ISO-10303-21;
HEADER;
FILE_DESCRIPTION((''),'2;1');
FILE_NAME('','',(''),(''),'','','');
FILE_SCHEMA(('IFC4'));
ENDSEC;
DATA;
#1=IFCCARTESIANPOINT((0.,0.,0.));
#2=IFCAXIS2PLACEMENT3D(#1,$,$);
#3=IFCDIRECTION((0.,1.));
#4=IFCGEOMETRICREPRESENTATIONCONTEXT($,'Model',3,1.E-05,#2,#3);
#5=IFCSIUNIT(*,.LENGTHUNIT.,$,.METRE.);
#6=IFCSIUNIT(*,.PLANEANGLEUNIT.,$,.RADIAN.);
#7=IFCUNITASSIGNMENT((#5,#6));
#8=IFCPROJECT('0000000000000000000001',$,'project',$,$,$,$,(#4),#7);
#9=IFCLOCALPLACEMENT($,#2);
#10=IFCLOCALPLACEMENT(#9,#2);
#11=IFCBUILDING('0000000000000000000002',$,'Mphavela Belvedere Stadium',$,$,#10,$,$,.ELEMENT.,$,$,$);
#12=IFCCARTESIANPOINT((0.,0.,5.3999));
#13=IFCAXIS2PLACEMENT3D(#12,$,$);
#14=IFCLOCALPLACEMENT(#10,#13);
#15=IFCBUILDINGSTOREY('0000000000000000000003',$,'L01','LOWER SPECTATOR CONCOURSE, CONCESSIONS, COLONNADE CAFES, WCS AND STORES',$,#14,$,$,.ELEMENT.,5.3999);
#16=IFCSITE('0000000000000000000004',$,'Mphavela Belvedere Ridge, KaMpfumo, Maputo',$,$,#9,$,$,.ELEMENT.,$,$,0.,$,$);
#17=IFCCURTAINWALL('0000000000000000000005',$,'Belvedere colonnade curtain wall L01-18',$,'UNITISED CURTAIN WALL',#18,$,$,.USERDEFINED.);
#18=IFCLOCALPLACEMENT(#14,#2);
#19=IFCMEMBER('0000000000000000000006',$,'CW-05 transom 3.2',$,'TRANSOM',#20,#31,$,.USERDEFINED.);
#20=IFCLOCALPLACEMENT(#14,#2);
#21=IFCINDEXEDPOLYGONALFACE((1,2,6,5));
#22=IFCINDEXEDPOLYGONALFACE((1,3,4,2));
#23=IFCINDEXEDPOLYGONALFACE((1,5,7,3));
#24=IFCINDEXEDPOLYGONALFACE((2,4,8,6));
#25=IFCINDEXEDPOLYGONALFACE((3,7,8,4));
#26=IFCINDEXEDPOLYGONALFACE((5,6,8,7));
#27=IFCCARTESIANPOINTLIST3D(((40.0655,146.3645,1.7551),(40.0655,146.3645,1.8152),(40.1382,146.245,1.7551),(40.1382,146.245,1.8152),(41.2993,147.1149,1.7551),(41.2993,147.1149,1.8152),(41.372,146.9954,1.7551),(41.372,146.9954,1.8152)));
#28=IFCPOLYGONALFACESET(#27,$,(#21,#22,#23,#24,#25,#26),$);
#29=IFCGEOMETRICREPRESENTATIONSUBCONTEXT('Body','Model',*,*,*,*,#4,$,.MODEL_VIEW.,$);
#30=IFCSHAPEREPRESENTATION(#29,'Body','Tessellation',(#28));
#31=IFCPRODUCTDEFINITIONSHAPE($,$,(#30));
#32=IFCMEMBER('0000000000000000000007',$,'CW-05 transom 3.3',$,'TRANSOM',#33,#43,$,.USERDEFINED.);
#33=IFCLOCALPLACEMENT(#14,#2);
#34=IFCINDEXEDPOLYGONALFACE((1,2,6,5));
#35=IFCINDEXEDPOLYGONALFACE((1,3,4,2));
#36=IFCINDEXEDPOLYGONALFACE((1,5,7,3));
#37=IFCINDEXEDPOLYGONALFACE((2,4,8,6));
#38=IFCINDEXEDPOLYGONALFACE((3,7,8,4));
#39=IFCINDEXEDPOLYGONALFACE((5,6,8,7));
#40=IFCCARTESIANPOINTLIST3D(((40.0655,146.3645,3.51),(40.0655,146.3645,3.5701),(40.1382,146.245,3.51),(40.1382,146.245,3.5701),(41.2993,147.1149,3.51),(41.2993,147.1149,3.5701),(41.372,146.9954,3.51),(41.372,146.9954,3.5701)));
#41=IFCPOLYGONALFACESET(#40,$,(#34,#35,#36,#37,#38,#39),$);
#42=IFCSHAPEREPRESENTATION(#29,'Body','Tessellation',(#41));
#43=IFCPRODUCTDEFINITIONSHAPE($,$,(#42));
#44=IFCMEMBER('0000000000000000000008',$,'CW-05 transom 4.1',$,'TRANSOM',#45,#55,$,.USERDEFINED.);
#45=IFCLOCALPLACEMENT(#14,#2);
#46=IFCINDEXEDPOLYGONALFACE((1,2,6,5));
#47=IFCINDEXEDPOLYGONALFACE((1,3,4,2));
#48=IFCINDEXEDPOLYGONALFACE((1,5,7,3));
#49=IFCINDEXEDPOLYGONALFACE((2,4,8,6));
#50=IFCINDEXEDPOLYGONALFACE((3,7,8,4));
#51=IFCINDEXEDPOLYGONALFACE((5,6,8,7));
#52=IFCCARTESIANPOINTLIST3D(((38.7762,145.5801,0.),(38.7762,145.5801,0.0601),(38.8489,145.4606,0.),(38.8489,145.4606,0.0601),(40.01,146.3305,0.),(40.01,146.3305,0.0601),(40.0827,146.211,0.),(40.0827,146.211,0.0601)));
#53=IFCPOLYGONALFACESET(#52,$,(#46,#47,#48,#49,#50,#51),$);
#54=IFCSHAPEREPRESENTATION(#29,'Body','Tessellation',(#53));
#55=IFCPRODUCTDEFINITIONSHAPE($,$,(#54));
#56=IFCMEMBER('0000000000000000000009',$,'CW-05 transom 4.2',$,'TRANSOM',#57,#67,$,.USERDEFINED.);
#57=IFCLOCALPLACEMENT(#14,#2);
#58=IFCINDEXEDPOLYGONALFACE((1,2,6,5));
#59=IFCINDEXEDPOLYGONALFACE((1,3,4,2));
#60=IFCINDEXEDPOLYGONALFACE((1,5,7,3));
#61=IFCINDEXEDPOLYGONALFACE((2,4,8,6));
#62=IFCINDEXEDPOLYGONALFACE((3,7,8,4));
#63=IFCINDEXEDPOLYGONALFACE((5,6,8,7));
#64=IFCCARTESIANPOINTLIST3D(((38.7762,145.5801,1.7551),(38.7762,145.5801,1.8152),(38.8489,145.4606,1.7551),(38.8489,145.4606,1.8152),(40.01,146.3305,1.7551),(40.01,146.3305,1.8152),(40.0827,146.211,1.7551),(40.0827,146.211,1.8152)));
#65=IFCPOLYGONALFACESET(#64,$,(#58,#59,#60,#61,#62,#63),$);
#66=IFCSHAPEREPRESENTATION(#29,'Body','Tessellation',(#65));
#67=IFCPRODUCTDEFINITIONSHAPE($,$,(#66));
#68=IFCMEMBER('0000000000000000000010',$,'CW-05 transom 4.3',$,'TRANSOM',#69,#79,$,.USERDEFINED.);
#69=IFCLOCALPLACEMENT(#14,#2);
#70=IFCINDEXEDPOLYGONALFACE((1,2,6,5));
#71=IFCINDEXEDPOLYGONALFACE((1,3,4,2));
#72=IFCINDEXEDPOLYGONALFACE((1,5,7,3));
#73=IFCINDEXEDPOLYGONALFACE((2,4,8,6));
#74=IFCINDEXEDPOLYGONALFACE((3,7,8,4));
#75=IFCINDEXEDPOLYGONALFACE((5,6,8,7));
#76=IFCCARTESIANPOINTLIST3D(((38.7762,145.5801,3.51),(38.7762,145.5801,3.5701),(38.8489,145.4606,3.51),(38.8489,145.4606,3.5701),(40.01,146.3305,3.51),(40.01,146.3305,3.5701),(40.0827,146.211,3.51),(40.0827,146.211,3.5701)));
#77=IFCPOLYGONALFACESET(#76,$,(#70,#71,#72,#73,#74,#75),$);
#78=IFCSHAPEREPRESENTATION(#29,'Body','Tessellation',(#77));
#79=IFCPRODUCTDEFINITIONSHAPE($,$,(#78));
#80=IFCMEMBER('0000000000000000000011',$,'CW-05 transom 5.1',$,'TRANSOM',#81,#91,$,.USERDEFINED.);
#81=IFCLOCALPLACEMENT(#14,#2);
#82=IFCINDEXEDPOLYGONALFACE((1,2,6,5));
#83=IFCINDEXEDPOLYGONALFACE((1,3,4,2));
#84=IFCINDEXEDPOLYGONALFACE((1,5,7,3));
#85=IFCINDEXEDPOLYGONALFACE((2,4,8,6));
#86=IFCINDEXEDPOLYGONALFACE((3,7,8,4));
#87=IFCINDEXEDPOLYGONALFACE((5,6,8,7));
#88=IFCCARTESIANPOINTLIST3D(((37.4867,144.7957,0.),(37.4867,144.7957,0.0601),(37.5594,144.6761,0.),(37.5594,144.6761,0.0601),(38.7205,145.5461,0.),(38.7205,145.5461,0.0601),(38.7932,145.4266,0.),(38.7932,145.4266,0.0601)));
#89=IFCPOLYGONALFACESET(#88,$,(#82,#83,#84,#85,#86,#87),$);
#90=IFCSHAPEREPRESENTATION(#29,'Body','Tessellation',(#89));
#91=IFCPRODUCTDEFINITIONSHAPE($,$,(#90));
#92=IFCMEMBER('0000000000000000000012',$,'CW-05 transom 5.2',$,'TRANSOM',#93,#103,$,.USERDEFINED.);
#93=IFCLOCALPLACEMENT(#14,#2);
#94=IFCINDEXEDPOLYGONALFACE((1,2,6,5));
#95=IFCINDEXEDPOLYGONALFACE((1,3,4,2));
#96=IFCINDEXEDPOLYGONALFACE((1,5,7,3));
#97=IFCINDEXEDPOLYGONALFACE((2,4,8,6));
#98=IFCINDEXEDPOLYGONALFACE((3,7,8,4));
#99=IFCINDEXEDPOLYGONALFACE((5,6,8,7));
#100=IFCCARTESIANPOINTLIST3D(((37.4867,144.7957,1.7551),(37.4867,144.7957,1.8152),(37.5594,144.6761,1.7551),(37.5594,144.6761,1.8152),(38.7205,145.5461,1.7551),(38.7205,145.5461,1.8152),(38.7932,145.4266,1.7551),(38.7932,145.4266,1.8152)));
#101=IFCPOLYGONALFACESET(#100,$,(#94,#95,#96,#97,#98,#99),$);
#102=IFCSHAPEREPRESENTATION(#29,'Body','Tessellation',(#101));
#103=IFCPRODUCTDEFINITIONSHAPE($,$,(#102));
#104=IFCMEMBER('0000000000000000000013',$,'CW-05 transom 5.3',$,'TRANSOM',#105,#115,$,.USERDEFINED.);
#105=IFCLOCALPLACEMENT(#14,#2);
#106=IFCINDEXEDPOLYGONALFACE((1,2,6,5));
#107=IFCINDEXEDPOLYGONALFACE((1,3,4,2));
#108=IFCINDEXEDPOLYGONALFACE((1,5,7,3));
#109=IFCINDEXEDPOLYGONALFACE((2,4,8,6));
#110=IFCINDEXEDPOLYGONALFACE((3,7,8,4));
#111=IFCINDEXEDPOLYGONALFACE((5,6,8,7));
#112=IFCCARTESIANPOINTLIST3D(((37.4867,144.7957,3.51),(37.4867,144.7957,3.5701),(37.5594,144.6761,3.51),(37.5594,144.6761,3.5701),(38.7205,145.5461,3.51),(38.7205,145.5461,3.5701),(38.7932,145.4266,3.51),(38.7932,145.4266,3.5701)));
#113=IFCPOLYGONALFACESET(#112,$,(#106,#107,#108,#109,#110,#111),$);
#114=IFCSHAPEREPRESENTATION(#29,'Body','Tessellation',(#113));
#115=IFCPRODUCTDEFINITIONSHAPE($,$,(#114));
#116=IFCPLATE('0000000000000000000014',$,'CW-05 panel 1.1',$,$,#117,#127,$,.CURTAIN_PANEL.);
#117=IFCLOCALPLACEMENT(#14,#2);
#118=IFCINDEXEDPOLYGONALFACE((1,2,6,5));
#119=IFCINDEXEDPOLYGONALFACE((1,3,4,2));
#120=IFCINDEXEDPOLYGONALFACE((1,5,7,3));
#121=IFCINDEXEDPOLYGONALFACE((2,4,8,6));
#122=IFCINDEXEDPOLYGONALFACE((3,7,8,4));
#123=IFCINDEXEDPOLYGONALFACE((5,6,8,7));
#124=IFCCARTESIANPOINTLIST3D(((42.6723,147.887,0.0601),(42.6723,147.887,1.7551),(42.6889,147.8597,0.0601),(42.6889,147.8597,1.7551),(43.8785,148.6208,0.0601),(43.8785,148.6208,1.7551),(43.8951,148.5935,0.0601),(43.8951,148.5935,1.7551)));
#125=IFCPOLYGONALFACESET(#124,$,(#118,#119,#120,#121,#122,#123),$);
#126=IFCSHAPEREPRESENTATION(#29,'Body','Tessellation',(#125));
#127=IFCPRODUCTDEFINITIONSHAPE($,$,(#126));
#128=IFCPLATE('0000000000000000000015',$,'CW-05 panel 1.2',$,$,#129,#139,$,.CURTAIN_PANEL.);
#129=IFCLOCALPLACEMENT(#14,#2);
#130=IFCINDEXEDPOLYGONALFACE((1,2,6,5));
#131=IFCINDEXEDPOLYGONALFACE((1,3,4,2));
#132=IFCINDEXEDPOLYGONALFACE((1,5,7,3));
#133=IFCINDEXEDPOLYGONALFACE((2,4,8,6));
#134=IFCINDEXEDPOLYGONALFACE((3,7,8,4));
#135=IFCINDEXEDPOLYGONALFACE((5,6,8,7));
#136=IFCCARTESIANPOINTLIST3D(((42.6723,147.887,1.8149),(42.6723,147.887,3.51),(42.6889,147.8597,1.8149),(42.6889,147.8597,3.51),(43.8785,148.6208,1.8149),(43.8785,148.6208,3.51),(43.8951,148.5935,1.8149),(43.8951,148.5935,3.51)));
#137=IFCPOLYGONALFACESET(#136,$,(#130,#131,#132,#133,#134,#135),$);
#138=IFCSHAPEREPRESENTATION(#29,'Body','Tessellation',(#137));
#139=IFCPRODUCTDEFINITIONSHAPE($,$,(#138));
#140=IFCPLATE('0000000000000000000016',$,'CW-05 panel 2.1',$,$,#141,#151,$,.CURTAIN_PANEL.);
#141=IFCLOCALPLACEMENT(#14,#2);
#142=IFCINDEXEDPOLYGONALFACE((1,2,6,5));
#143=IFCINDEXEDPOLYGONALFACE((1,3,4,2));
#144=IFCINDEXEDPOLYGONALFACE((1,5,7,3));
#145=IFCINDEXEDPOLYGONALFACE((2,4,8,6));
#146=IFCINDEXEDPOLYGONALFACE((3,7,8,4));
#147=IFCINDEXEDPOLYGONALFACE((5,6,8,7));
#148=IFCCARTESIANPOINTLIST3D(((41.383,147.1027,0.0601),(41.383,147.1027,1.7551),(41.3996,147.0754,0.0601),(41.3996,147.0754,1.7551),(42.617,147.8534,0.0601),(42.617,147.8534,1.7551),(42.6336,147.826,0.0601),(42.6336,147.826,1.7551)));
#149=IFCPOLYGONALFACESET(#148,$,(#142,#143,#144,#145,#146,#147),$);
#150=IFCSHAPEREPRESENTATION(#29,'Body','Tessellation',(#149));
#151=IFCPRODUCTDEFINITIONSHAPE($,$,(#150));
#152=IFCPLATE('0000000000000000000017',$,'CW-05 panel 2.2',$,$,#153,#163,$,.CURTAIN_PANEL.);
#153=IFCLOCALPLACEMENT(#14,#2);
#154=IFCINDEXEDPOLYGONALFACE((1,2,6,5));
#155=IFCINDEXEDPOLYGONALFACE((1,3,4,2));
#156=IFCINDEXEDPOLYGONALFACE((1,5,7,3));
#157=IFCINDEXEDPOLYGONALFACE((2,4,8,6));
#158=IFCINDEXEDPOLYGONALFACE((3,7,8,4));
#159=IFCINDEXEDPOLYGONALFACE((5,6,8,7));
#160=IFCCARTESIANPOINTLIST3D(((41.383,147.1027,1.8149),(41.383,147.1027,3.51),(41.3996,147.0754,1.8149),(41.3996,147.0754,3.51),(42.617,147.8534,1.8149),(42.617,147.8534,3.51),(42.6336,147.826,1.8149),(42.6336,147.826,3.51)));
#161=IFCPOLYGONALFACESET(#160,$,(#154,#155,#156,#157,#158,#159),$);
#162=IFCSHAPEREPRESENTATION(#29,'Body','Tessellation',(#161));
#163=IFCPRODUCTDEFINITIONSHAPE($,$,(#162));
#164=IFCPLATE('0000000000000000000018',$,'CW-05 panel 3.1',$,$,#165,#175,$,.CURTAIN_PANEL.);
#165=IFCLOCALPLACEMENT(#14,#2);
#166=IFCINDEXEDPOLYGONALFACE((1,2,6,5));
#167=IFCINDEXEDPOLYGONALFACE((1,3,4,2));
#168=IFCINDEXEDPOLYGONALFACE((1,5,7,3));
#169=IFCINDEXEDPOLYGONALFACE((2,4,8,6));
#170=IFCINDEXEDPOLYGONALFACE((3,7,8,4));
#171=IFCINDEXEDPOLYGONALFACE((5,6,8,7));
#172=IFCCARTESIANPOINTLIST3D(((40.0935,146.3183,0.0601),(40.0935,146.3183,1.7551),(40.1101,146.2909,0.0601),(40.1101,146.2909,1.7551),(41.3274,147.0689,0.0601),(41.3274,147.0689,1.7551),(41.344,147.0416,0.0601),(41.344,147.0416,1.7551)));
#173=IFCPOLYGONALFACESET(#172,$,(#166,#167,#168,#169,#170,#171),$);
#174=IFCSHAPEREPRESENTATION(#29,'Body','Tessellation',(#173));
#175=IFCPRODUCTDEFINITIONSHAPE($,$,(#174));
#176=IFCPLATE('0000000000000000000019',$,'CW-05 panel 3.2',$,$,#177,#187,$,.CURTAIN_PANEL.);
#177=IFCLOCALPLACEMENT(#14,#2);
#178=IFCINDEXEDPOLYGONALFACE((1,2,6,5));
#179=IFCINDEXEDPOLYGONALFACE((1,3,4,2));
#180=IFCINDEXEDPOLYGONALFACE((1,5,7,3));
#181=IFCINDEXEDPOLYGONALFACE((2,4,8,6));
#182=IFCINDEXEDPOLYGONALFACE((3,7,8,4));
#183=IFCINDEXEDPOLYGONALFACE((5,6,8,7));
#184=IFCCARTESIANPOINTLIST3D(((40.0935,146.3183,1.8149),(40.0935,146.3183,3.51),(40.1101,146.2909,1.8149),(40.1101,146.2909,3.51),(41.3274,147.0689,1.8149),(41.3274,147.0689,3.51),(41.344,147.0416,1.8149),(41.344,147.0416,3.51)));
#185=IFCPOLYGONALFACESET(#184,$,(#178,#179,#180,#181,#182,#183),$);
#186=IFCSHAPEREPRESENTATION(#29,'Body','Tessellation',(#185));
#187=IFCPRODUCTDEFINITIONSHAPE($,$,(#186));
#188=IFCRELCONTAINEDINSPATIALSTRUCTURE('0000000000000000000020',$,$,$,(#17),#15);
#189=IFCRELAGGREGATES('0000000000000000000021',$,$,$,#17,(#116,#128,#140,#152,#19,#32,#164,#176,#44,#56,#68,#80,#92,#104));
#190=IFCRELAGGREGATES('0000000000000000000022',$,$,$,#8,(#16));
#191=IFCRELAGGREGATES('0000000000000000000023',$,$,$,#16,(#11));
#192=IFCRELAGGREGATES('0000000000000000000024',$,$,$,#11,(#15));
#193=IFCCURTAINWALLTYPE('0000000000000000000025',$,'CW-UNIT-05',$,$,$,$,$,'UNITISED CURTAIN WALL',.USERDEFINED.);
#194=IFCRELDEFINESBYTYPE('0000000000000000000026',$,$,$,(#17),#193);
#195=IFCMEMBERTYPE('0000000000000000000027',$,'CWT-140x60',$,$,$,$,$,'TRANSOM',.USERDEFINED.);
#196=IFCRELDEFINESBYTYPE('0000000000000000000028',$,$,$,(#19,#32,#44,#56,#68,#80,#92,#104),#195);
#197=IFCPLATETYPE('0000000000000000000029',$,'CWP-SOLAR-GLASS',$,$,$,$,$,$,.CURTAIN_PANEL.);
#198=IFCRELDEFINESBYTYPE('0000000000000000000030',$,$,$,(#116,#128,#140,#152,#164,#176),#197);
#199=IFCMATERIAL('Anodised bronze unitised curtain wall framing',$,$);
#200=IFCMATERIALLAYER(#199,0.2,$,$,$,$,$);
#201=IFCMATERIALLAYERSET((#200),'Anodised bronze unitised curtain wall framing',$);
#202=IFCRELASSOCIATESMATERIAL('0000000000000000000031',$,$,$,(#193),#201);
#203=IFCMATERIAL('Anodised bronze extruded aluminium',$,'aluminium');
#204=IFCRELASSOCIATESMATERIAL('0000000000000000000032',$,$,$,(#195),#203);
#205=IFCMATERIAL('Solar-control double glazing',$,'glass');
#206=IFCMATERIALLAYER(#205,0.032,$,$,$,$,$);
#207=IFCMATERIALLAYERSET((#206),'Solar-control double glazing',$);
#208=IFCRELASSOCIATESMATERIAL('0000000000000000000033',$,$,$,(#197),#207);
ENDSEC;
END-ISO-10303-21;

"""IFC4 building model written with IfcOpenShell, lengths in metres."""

from ifc_helpers import new_model, si_unit, direction, frame, origin, origin_2d, place, context, subcontext, project, spatial, rectangle, extrude, material, layer, layer_set, material_profile, profile_set, type_object, element, aggregate, save


model = new_model("IFC4")

# Units and contexts
model_context = context("Model", 3, precision=1e-05, world=origin(), true_north=direction((0.0, 1.0)))
body_context = subcontext(model_context, "Body", "Model", "MODEL_VIEW")
ifc_project = project(units=[si_unit("LENGTHUNIT", "METRE"), si_unit("PLANEANGLEUNIT", "RADIAN")], contexts=[model_context])

# Site, building, storey
site_placement = place(None, origin())
site = spatial("IfcSite", under=ifc_project, at=site_placement, Name="Mphavela Belvedere Ridge, KaMpfumo, Maputo", CompositionType="ELEMENT", RefElevation=0.0)
building_placement = place(site_placement, origin())
building = spatial("IfcBuilding", under=site, at=building_placement, Name="Mphavela Belvedere Stadium", CompositionType="ELEMENT")
storey_placement = place(building_placement, frame((0.0, 0.0, 5.3999)))
storey = spatial("IfcBuildingStorey", under=building, at=storey_placement, Name="L01", Description="LOWER SPECTATOR CONCOURSE, CONCESSIONS, COLONNADE CAFES, WCS AND STORES", CompositionType="ELEMENT", Elevation=5.3999)

# Curtain wall, members, plates
ifc_material_1 = material(Name="Anodised bronze unitised curtain wall framing")
ifc_layer_1 = layer(ifc_material_1, 0.2)
ifc_layer_set_1 = layer_set([ifc_layer_1], Name="Anodised bronze unitised curtain wall framing")
curtain_wall_type = type_object("IfcCurtainWallType", Name="CW-UNIT-05", ElementType="UNITISED CURTAIN WALL", PredefinedType="USERDEFINED", material=ifc_layer_set_1)
curtain_wall_placement = place(storey_placement, origin())
curtain_wall = element("IfcCurtainWall", 1, at=curtain_wall_placement, inside=storey, type_object=curtain_wall_type, Name="Belvedere colonnade curtain wall L01-18", ObjectType="UNITISED CURTAIN WALL", PredefinedType="USERDEFINED")
ifc_material_2 = material(Name="Anodised bronze extruded aluminium", Category="aluminium")
ifc_material_profile_1 = material_profile(ifc_material_2, rectangle(XDim=0.1399, YDim=0.0601, at=origin_2d()), Name="CW-TRN 140x60")
ifc_profile_set_1 = profile_set([ifc_material_profile_1], Name="Anodised bronze extruded aluminium")
member_type_1 = type_object("IfcMemberType", Name="CWT-140x60", ElementType="TRANSOM", PredefinedType="USERDEFINED", material=ifc_profile_set_1)
member_1_placement = place(storey_placement, frame((41.3357, 147.0552, 1.7852), z_axis=(-0.854375, -0.519657, 0.0), x_axis=(0.519657, -0.854375, 0.0)))
member_1 = element("IfcMember", 2, at=member_1_placement, type_object=member_type_1, Name="CW-05 transom 3.2", ObjectType="TRANSOM", PredefinedType="USERDEFINED", context=body_context, shape_type="SweptSolid", body=[
    extrude(rectangle(XDim=0.1399, YDim=0.0601, at=origin_2d()), origin(), (0.0, 0.0, 1.0), 1.4441),
])
member_2_placement = place(storey_placement, frame((41.3357, 147.0552, 3.54), z_axis=(-0.854375, -0.519657, 0.0), x_axis=(0.519657, -0.854375, 0.0)))
member_2 = element("IfcMember", 3, at=member_2_placement, type_object=member_type_1, Name="CW-05 transom 3.3", ObjectType="TRANSOM", PredefinedType="USERDEFINED", context=body_context, shape_type="SweptSolid", body=[
    extrude(rectangle(XDim=0.1399, YDim=0.0601, at=origin_2d()), origin(), (0.0, 0.0, 1.0), 1.4441),
])
member_3_placement = place(storey_placement, frame((40.0464, 146.2708, 0.03), z_axis=(-0.854375, -0.519657, 0.0), x_axis=(0.519657, -0.854375, 0.0)))
member_3 = element("IfcMember", 4, at=member_3_placement, type_object=member_type_1, Name="CW-05 transom 4.1", ObjectType="TRANSOM", PredefinedType="USERDEFINED", context=body_context, shape_type="SweptSolid", body=[
    extrude(rectangle(XDim=0.1399, YDim=0.0601, at=origin_2d()), origin(), (0.0, 0.0, 1.0), 1.4441),
])
member_4_placement = place(storey_placement, frame((40.0464, 146.2708, 1.7852), z_axis=(-0.854375, -0.519657, 0.0), x_axis=(0.519657, -0.854375, 0.0)))
member_4 = element("IfcMember", 5, at=member_4_placement, type_object=member_type_1, Name="CW-05 transom 4.2", ObjectType="TRANSOM", PredefinedType="USERDEFINED", context=body_context, shape_type="SweptSolid", body=[
    extrude(rectangle(XDim=0.1399, YDim=0.0601, at=origin_2d()), origin(), (0.0, 0.0, 1.0), 1.4441),
])
member_5_placement = place(storey_placement, frame((40.0464, 146.2708, 3.54), z_axis=(-0.854375, -0.519657, 0.0), x_axis=(0.519657, -0.854375, 0.0)))
member_5 = element("IfcMember", 6, at=member_5_placement, type_object=member_type_1, Name="CW-05 transom 4.3", ObjectType="TRANSOM", PredefinedType="USERDEFINED", context=body_context, shape_type="SweptSolid", body=[
    extrude(rectangle(XDim=0.1399, YDim=0.0601, at=origin_2d()), origin(), (0.0, 0.0, 1.0), 1.4441),
])
member_6_placement = place(storey_placement, frame((38.7568, 145.4863, 0.03), z_axis=(-0.854375, -0.519657, 0.0), x_axis=(0.519657, -0.854375, 0.0)))
member_6 = element("IfcMember", 7, at=member_6_placement, type_object=member_type_1, Name="CW-05 transom 5.1", ObjectType="TRANSOM", PredefinedType="USERDEFINED", context=body_context, shape_type="SweptSolid", body=[
    extrude(rectangle(XDim=0.1399, YDim=0.0601, at=origin_2d()), origin(), (0.0, 0.0, 1.0), 1.4441),
])
member_7_placement = place(storey_placement, frame((38.7568, 145.4863, 1.7852), z_axis=(-0.854375, -0.519657, 0.0), x_axis=(0.519657, -0.854375, 0.0)))
member_7 = element("IfcMember", 8, at=member_7_placement, type_object=member_type_1, Name="CW-05 transom 5.2", ObjectType="TRANSOM", PredefinedType="USERDEFINED", context=body_context, shape_type="SweptSolid", body=[
    extrude(rectangle(XDim=0.1399, YDim=0.0601, at=origin_2d()), origin(), (0.0, 0.0, 1.0), 1.4441),
])
member_8_placement = place(storey_placement, frame((38.7568, 145.4863, 3.54), z_axis=(-0.854375, -0.519657, 0.0), x_axis=(0.519657, -0.854375, 0.0)))
member_8 = element("IfcMember", 9, at=member_8_placement, type_object=member_type_1, Name="CW-05 transom 5.3", ObjectType="TRANSOM", PredefinedType="USERDEFINED", context=body_context, shape_type="SweptSolid", body=[
    extrude(rectangle(XDim=0.1399, YDim=0.0601, at=origin_2d()), origin(), (0.0, 0.0, 1.0), 1.4441),
])
ifc_material_3 = material(Name="Solar-control double glazing", Category="glass")
ifc_layer_2 = layer(ifc_material_3, 0.032)
ifc_layer_set_2 = layer_set([ifc_layer_2], Name="Solar-control double glazing")
plate_type = type_object("IfcPlateType", Name="CWP-SOLAR-GLASS", PredefinedType="CURTAIN_PANEL", material=ifc_layer_set_2)
plate_1_placement = place(storey_placement, frame((43.2837, 148.2402, 0.0601), z_axis=(0.0, 0.0, 1.0), x_axis=(-0.854328, -0.519735, 0.0)))
plate_1 = element("IfcPlate", 10, at=plate_1_placement, type_object=plate_type, Name="CW-05 panel 1.1", PredefinedType="CURTAIN_PANEL", context=body_context, shape_type="SweptSolid", body=[
    extrude(rectangle(XDim=1.4119, YDim=0.032, at=origin_2d()), origin(), (0.0, 0.0, 1.0), 1.6951),
])
plate_2_placement = place(storey_placement, frame((43.2837, 148.2402, 1.8149), z_axis=(0.0, 0.0, 1.0), x_axis=(-0.854328, -0.519735, 0.0)))
plate_2 = element("IfcPlate", 11, at=plate_2_placement, type_object=plate_type, Name="CW-05 panel 1.2", PredefinedType="CURTAIN_PANEL", context=body_context, shape_type="SweptSolid", body=[
    extrude(rectangle(XDim=1.4119, YDim=0.032, at=origin_2d()), origin(), (0.0, 0.0, 1.0), 1.6951),
])
plate_3_placement = place(storey_placement, frame((42.0083, 147.4644, 0.0601), z_axis=(0.0, 0.0, 1.0), x_axis=(-0.854328, -0.519735, 0.0)))
plate_3 = element("IfcPlate", 12, at=plate_3_placement, type_object=plate_type, Name="CW-05 panel 2.1", PredefinedType="CURTAIN_PANEL", context=body_context, shape_type="SweptSolid", body=[
    extrude(rectangle(XDim=1.4443, YDim=0.032, at=origin_2d()), origin(), (0.0, 0.0, 1.0), 1.6951),
])
plate_4_placement = place(storey_placement, frame((42.0083, 147.4644, 1.8149), z_axis=(0.0, 0.0, 1.0), x_axis=(-0.854328, -0.519735, 0.0)))
plate_4 = element("IfcPlate", 13, at=plate_4_placement, type_object=plate_type, Name="CW-05 panel 2.2", PredefinedType="CURTAIN_PANEL", context=body_context, shape_type="SweptSolid", body=[
    extrude(rectangle(XDim=1.4443, YDim=0.032, at=origin_2d()), origin(), (0.0, 0.0, 1.0), 1.6951),
])
plate_5_placement = place(storey_placement, frame((40.7188, 146.6799, 0.0601), z_axis=(0.0, 0.0, 1.0), x_axis=(-0.854328, -0.519735, 0.0)))
plate_5 = element("IfcPlate", 14, at=plate_5_placement, type_object=plate_type, Name="CW-05 panel 3.1", PredefinedType="CURTAIN_PANEL", context=body_context, shape_type="SweptSolid", body=[
    extrude(rectangle(XDim=1.4443, YDim=0.032, at=origin_2d()), origin(), (0.0, 0.0, 1.0), 1.6951),
])
plate_6_placement = place(storey_placement, frame((40.7188, 146.6799, 1.8149), z_axis=(0.0, 0.0, 1.0), x_axis=(-0.854328, -0.519735, 0.0)))
plate_6 = element("IfcPlate", 15, at=plate_6_placement, type_object=plate_type, Name="CW-05 panel 3.2", PredefinedType="CURTAIN_PANEL", context=body_context, shape_type="SweptSolid", body=[
    extrude(rectangle(XDim=1.4443, YDim=0.032, at=origin_2d()), origin(), (0.0, 0.0, 1.0), 1.6951),
])
aggregate(curtain_wall, [plate_1, plate_2, plate_3, plate_4, member_1, member_2, plate_5, plate_6, member_3, member_4, member_5, member_6, member_7, member_8])

save(model, "model.ifc")
